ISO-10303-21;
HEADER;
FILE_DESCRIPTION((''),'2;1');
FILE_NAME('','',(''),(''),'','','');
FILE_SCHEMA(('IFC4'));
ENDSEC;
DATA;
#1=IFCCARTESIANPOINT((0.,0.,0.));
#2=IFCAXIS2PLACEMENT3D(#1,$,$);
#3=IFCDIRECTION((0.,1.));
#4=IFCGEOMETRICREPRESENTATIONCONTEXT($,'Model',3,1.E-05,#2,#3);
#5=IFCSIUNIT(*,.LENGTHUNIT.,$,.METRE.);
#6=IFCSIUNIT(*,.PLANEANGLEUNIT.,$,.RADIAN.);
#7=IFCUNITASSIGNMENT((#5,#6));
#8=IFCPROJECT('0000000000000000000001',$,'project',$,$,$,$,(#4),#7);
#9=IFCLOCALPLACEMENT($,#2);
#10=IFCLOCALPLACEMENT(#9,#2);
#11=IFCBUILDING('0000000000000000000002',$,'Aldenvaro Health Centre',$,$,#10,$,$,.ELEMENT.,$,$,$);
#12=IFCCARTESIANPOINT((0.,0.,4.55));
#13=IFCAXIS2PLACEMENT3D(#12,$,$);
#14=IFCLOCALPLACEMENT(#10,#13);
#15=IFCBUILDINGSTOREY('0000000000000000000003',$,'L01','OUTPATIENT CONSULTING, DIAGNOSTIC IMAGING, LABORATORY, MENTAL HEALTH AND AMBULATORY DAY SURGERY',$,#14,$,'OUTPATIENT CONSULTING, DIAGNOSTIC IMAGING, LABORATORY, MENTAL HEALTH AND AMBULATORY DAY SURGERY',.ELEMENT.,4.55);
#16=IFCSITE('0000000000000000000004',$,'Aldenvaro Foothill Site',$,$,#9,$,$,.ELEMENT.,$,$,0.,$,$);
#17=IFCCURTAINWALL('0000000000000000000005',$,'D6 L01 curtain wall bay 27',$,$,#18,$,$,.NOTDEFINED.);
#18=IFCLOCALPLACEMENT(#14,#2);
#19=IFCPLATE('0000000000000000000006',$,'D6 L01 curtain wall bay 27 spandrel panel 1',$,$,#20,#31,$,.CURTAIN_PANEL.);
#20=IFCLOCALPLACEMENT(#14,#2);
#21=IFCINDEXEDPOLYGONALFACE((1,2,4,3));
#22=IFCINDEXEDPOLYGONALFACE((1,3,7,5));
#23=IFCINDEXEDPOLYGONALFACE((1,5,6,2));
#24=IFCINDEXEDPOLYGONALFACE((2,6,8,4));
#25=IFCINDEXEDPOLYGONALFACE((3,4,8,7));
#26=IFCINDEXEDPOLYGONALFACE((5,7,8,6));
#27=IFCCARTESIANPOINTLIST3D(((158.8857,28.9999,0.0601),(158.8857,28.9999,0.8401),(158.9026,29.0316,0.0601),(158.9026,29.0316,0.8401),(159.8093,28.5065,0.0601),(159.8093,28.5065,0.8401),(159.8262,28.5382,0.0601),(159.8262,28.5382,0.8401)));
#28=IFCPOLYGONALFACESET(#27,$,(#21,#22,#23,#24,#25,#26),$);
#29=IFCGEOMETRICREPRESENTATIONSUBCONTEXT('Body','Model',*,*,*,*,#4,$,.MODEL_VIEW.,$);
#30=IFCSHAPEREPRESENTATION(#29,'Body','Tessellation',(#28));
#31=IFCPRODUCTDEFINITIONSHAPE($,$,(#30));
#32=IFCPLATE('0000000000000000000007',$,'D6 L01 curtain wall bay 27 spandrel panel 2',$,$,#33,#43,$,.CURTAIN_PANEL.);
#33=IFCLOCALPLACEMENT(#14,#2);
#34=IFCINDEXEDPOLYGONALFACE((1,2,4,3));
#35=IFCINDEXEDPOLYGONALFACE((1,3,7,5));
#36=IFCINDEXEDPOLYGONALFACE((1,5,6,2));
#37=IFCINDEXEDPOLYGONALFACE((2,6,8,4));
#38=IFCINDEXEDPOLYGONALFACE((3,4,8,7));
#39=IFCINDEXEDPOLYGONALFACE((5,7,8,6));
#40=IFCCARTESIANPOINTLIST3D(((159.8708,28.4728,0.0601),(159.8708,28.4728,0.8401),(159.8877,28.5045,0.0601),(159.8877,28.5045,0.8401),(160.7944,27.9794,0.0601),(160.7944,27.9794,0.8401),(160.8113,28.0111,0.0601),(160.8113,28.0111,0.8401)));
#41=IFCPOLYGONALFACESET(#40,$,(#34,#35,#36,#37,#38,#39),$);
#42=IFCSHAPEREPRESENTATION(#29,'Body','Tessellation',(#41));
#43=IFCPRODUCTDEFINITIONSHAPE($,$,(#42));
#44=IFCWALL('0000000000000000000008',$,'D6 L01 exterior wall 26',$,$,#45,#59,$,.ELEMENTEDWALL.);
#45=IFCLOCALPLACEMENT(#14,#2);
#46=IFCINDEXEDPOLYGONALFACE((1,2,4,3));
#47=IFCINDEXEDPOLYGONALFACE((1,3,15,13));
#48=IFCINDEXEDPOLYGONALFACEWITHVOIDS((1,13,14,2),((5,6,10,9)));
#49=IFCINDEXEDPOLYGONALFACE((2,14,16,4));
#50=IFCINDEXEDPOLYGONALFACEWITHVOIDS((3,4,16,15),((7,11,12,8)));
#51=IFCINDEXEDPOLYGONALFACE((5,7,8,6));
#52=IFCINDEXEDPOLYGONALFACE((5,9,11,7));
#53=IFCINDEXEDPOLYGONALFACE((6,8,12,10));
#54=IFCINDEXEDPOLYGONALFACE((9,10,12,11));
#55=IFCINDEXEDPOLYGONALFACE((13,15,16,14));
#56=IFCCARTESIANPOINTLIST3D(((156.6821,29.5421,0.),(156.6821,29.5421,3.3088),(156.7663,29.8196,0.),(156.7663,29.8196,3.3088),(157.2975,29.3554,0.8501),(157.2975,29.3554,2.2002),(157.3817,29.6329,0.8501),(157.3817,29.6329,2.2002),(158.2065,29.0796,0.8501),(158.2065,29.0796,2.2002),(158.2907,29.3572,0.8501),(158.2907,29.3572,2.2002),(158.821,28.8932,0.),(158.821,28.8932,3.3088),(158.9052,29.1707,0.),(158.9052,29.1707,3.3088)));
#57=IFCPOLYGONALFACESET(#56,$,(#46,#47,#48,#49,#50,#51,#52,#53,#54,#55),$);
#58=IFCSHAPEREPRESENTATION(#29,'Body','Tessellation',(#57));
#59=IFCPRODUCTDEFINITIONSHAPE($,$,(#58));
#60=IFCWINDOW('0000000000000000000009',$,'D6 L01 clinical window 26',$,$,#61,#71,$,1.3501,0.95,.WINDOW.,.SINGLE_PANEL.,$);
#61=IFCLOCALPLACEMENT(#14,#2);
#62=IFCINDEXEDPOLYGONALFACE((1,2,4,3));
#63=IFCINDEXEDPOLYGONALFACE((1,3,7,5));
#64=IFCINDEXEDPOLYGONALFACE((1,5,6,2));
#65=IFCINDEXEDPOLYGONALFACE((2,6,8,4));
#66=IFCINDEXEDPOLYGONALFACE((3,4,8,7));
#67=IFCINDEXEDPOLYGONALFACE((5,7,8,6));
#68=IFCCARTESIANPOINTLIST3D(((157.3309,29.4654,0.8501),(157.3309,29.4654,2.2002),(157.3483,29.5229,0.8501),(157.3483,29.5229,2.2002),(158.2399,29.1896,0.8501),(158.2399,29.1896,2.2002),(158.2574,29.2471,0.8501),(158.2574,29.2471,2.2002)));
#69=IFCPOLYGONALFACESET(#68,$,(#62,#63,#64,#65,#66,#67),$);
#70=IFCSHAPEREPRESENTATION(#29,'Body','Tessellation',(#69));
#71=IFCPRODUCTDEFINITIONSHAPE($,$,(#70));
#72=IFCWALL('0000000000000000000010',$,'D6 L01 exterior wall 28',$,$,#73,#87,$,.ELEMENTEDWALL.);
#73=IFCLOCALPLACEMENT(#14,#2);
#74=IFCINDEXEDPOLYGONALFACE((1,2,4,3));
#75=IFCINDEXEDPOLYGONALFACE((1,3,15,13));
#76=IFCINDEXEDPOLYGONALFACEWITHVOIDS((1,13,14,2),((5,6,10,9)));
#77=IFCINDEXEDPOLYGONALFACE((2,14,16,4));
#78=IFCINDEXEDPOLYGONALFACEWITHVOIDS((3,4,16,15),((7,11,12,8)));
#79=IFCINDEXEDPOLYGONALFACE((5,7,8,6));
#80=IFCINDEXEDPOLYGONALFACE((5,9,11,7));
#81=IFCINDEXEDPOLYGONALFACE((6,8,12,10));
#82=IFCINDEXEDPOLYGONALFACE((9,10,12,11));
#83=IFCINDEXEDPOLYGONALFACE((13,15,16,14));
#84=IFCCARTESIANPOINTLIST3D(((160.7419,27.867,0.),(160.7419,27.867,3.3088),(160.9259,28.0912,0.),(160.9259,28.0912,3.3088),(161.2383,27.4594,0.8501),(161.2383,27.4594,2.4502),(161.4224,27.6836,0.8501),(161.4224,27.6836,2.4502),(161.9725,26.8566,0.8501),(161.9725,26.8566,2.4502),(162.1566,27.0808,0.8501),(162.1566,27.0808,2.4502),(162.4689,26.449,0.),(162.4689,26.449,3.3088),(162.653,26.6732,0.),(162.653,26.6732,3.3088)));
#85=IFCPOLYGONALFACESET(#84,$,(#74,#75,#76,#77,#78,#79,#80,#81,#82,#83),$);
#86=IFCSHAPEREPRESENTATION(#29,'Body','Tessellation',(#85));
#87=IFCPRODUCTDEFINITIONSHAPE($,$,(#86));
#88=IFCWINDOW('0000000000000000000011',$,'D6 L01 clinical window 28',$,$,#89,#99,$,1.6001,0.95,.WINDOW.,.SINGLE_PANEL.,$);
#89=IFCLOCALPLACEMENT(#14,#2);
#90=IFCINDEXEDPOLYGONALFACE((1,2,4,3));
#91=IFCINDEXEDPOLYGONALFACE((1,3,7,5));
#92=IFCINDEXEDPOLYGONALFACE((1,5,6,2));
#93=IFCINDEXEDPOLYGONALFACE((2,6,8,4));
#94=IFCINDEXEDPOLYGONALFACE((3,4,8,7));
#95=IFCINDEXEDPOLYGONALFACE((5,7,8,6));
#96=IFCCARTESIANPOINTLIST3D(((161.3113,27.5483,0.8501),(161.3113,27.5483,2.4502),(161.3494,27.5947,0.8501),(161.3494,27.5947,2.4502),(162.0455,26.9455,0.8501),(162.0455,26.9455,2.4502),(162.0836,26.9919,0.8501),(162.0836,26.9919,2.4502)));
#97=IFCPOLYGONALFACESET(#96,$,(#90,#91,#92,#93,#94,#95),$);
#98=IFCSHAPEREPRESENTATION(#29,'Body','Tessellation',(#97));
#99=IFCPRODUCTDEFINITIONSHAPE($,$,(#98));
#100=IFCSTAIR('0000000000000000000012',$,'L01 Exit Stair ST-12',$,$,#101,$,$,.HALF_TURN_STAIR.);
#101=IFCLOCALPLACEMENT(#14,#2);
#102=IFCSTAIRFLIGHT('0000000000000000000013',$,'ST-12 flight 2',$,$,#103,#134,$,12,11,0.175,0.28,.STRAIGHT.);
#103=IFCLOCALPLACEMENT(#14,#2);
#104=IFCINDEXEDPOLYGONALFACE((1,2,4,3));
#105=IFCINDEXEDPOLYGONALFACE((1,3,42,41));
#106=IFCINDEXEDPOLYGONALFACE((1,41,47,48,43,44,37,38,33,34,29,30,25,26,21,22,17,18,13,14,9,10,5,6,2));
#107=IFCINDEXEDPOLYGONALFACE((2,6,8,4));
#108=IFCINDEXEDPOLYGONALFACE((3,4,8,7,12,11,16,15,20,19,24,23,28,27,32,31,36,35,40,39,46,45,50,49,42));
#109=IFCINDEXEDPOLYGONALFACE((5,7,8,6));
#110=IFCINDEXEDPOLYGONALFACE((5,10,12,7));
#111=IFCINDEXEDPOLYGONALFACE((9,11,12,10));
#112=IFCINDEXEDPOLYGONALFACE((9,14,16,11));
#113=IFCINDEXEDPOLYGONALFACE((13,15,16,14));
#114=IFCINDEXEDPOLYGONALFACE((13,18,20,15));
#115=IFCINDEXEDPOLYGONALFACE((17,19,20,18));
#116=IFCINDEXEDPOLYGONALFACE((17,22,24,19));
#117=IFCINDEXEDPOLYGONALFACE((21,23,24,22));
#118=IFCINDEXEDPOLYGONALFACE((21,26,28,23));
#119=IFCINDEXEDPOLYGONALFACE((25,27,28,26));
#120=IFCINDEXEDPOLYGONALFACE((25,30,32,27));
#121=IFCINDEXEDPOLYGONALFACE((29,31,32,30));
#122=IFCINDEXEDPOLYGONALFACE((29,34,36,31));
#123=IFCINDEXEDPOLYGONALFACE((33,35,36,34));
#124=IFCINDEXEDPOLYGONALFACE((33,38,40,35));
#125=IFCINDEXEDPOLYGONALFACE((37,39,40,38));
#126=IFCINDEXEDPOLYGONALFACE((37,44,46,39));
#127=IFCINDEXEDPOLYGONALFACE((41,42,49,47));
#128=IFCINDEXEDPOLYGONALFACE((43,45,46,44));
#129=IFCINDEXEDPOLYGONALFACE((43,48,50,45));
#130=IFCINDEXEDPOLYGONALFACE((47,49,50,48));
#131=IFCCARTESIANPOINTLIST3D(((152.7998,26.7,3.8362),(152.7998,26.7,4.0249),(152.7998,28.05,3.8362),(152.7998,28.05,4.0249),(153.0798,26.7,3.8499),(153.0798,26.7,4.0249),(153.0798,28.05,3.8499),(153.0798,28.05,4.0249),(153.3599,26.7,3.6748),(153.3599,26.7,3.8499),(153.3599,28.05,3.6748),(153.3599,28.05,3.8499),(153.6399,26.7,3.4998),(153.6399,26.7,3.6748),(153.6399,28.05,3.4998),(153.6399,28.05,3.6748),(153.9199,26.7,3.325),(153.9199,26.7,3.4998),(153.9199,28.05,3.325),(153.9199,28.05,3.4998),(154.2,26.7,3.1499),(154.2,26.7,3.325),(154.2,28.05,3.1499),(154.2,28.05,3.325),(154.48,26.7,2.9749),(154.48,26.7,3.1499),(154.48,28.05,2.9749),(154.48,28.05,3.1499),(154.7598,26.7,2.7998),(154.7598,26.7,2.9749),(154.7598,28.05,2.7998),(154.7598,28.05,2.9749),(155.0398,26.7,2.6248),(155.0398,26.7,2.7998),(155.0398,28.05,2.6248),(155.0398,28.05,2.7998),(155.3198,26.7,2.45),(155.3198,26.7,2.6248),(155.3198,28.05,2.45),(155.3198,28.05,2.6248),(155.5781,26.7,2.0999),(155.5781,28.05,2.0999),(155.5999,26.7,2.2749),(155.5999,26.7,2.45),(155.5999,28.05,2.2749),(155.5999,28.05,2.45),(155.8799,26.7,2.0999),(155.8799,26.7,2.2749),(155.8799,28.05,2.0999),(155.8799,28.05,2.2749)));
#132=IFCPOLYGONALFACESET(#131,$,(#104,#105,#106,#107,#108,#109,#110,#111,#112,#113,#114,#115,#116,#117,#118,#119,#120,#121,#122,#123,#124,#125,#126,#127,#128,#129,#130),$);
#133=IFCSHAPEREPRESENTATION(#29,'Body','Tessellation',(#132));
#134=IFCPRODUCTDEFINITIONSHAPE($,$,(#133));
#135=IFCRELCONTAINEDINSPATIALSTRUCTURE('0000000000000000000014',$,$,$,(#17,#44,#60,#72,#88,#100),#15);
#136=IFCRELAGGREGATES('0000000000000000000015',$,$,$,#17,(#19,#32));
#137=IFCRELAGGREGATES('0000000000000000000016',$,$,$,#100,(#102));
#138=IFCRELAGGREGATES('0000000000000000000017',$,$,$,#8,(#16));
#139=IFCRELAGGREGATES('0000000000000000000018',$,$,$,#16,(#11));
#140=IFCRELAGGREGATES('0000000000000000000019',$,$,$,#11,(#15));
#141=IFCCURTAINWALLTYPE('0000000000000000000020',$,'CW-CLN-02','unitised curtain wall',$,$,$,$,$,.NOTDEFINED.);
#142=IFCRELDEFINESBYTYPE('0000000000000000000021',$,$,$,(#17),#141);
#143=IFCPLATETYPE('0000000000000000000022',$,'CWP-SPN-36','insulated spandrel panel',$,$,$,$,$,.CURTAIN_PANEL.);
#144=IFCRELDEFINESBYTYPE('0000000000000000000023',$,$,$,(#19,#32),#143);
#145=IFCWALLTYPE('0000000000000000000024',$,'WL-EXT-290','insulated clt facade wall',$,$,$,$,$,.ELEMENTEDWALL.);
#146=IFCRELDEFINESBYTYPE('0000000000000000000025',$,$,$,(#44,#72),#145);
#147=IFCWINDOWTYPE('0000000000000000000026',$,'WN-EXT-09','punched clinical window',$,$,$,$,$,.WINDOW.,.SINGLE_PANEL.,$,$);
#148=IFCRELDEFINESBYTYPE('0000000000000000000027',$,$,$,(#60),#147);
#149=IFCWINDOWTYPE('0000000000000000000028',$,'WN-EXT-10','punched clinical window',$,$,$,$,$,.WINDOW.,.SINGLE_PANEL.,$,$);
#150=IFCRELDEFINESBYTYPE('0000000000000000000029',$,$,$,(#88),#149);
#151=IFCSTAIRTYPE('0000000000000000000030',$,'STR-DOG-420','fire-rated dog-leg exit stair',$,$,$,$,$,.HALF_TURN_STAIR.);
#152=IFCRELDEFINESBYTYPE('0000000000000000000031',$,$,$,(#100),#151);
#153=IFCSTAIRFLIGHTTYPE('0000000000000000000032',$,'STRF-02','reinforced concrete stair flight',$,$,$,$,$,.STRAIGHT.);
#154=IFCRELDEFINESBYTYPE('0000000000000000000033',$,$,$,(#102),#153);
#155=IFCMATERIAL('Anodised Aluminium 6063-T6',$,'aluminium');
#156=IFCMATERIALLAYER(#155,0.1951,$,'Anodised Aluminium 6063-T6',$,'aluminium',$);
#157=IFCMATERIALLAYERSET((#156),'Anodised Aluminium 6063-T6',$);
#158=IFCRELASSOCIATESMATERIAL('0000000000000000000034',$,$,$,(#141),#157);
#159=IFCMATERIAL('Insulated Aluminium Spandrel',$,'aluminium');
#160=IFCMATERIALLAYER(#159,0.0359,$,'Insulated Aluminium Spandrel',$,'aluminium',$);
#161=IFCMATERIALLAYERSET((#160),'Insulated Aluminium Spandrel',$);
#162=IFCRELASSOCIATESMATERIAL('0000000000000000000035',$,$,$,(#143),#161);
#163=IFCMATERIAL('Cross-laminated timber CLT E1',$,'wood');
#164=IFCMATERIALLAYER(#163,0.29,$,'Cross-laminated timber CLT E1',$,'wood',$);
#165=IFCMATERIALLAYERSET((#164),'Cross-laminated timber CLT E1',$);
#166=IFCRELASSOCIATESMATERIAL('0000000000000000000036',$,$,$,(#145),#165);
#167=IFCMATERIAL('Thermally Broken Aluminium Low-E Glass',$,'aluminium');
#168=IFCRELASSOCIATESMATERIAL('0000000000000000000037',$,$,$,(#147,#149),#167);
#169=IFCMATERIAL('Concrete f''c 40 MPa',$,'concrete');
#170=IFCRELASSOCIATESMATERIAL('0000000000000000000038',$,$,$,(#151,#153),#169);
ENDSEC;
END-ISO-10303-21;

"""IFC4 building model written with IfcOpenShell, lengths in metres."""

from ifc_helpers import new_model, si_unit, direction, frame, frame_2d, origin, origin_2d, place, context, subcontext, project, spatial, polyline, rectangle, outline, extrude, material, layer, layer_set, type_object, element, fill, aggregate, save


model = new_model("IFC4")

# Units and contexts
model_context = context("Model", 3, precision=1e-05, world=origin(), true_north=direction((0.0, 1.0)))
body_context = subcontext(model_context, "Body", "Model", "MODEL_VIEW")
ifc_project = project(units=[si_unit("LENGTHUNIT", "METRE"), si_unit("PLANEANGLEUNIT", "RADIAN")], contexts=[model_context])

# Site, building, storey
site_placement = place(None, origin())
site = spatial("IfcSite", under=ifc_project, at=site_placement, Name="Aldenvaro Foothill Site", CompositionType="ELEMENT", RefElevation=0.0)
building_placement = place(site_placement, origin())
building = spatial("IfcBuilding", under=site, at=building_placement, Name="Aldenvaro Health Centre", CompositionType="ELEMENT")
storey_placement = place(building_placement, frame((0.0, 0.0, 4.55)))
storey = spatial("IfcBuildingStorey", under=building, at=storey_placement, Name="L01", Description="OUTPATIENT CONSULTING, DIAGNOSTIC IMAGING, LABORATORY, MENTAL HEALTH AND AMBULATORY DAY SURGERY", LongName="OUTPATIENT CONSULTING, DIAGNOSTIC IMAGING, LABORATORY, MENTAL HEALTH AND AMBULATORY DAY SURGERY", CompositionType="ELEMENT", Elevation=4.55)

# Curtain wall
ifc_material_1 = material(Name="Anodised Aluminium 6063-T6", Category="aluminium")
ifc_layer_1 = layer(ifc_material_1, 0.1951, Name="Anodised Aluminium 6063-T6", Category="aluminium")
ifc_layer_set_1 = layer_set([ifc_layer_1], Name="Anodised Aluminium 6063-T6")
curtain_wall_type = type_object("IfcCurtainWallType", Name="CW-CLN-02", Description="unitised curtain wall", PredefinedType="NOTDEFINED", material=ifc_layer_set_1)
curtain_wall_placement = place(storey_placement, origin())
curtain_wall = element("IfcCurtainWall", 1, at=curtain_wall_placement, inside=storey, type_object=curtain_wall_type, Name="D6 L01 curtain wall bay 27", PredefinedType="NOTDEFINED")

# Plates
ifc_material_2 = material(Name="Insulated Aluminium Spandrel", Category="aluminium")
ifc_layer_2 = layer(ifc_material_2, 0.0359, Name="Insulated Aluminium Spandrel", Category="aluminium")
ifc_layer_set_2 = layer_set([ifc_layer_2], Name="Insulated Aluminium Spandrel")
plate_type_1 = type_object("IfcPlateType", Name="CWP-SPN-36", Description="insulated spandrel panel", PredefinedType="CURTAIN_PANEL", material=ifc_layer_set_2)
plate_1_placement = place(storey_placement, frame((159.356, 28.769, 0.0601), z_axis=(0.0, 0.0, 1.0), x_axis=(0.882018, -0.471215, 0.0)))
plate_1 = element("IfcPlate", 2, at=plate_1_placement, type_object=plate_type_1, Name="D6 L01 curtain wall bay 27 spandrel panel 1", PredefinedType="CURTAIN_PANEL", context=body_context, shape_type="SweptSolid", body=[
    extrude(rectangle(XDim=1.0471, YDim=0.0359, at=origin_2d()), origin(), (0.0, 0.0, 1.0), 0.78),
])
plate_2_placement = place(storey_placement, frame((160.3411, 28.2419, 0.0601), z_axis=(0.0, 0.0, 1.0), x_axis=(0.882018, -0.471215, 0.0)))
plate_2 = element("IfcPlate", 3, at=plate_2_placement, type_object=plate_type_1, Name="D6 L01 curtain wall bay 27 spandrel panel 2", PredefinedType="CURTAIN_PANEL", context=body_context, shape_type="SweptSolid", body=[
    extrude(rectangle(XDim=1.0471, YDim=0.0359, at=origin_2d()), origin(), (0.0, 0.0, 1.0), 0.78),
])
aggregate(curtain_wall, [plate_1, plate_2])

# Walls, openings, windows
ifc_material_3 = material(Name="Cross-laminated timber CLT E1", Category="wood")
ifc_layer_3 = layer(ifc_material_3, 0.29, Name="Cross-laminated timber CLT E1", Category="wood")
ifc_layer_set_3 = layer_set([ifc_layer_3], Name="Cross-laminated timber CLT E1")
wall_type = type_object("IfcWallType", Name="WL-EXT-290", Description="insulated clt facade wall", PredefinedType="ELEMENTEDWALL", material=ifc_layer_set_3)
wall_1_placement = place(storey_placement, frame((156.7241, 29.6809, 0.0), z_axis=(0.0, 0.0, 1.0), x_axis=(0.956929, -0.290323, 0.0)))
wall_1 = element("IfcWall", 4, at=wall_1_placement, inside=storey, type_object=wall_type, Name="D6 L01 exterior wall 26", PredefinedType="ELEMENTEDWALL", context=body_context, shape_type="SweptSolid", body=[
    extrude(rectangle(XDim=2.2351, YDim=0.29, at=frame_2d((1.1177, 0.0))), origin(), (0.0, 0.0, 1.0), 3.3088),
])
opening_1_placement = place(wall_1_placement, frame((0.6431, 0.0, 0.8501)))
opening_1 = element("IfcOpeningElement", 5, at=opening_1_placement, cuts=wall_1, PredefinedType="OPENING", context=body_context, shape_type="SweptSolid", body=[
    extrude(rectangle(XDim=0.95, YDim=1.3501, at=frame_2d((0.4751, 0.675))), frame((0.0, 0.155, 0.0), z_axis=(0.0, -1.0, 0.0), x_axis=(1.0, 0.0, 0.0)), (0.0, 0.0, 1.0), 0.3101),
])
ifc_material_4 = material(Name="Thermally Broken Aluminium Low-E Glass", Category="aluminium")
window_type_1 = type_object("IfcWindowType", Name="WN-EXT-09", Description="punched clinical window", PartitioningType="SINGLE_PANEL", PredefinedType="WINDOW", material=ifc_material_4)
window_1_placement = place(opening_1_placement, origin())
window_1 = element("IfcWindow", 6, at=window_1_placement, inside=storey, type_object=window_type_1, Name="D6 L01 clinical window 26", OverallHeight=1.3501, OverallWidth=0.95, PartitioningType="SINGLE_PANEL", PredefinedType="WINDOW", context=body_context, shape_type="SweptSolid", body=[
    extrude(rectangle(XDim=0.95, YDim=1.3501, at=frame_2d((0.4751, 0.675))), frame((0.0, 0.03, 0.0), z_axis=(0.0, -1.0, 0.0), x_axis=(1.0, 0.0, 0.0)), (0.0, 0.0, 1.0), 0.0601),
])
fill(opening_1, window_1)
wall_2_placement = place(storey_placement, frame((160.834, 27.979, 0.0), z_axis=(0.0, 0.0, 1.0), x_axis=(0.772876, -0.634558, 0.0)))
wall_2 = element("IfcWall", 7, at=wall_2_placement, inside=storey, type_object=wall_type, Name="D6 L01 exterior wall 28", PredefinedType="ELEMENTEDWALL", context=body_context, shape_type="SweptSolid", body=[
    extrude(rectangle(XDim=2.2346, YDim=0.29, at=frame_2d((1.1172, 0.0))), origin(), (0.0, 0.0, 1.0), 3.3088),
])
opening_2_placement = place(wall_2_placement, frame((0.6421, 0.0, 0.8501)))
opening_2 = element("IfcOpeningElement", 8, at=opening_2_placement, cuts=wall_2, PredefinedType="OPENING", context=body_context, shape_type="SweptSolid", body=[
    extrude(rectangle(XDim=0.95, YDim=1.6001, at=frame_2d((0.4751, 0.8))), frame((0.0, 0.155, 0.0), z_axis=(0.0, -1.0, 0.0), x_axis=(1.0, 0.0, 0.0)), (0.0, 0.0, 1.0), 0.3101),
])
window_type_2 = type_object("IfcWindowType", Name="WN-EXT-10", Description="punched clinical window", PartitioningType="SINGLE_PANEL", PredefinedType="WINDOW", material=ifc_material_4)
window_2_placement = place(opening_2_placement, origin())
window_2 = element("IfcWindow", 9, at=window_2_placement, inside=storey, type_object=window_type_2, Name="D6 L01 clinical window 28", OverallHeight=1.6001, OverallWidth=0.95, PartitioningType="SINGLE_PANEL", PredefinedType="WINDOW", context=body_context, shape_type="SweptSolid", body=[
    extrude(rectangle(XDim=0.95, YDim=1.6001, at=frame_2d((0.4751, 0.8))), frame((0.0, 0.03, 0.0), z_axis=(0.0, -1.0, 0.0), x_axis=(1.0, 0.0, 0.0)), (0.0, 0.0, 1.0), 0.0601),
])
fill(opening_2, window_2)

# Stair, stair flight
ifc_material_5 = material(Name="Concrete f'c 40 MPa", Category="concrete")
stair_type = type_object("IfcStairType", Name="STR-DOG-420", Description="fire-rated dog-leg exit stair", PredefinedType="HALF_TURN_STAIR", material=ifc_material_5)
stair_placement = place(storey_placement, origin())
stair = element("IfcStair", 10, at=stair_placement, inside=storey, type_object=stair_type, Name="L01 Exit Stair ST-12", PredefinedType="HALF_TURN_STAIR")
stair_flight_type = type_object("IfcStairFlightType", Name="STRF-02", Description="reinforced concrete stair flight", PredefinedType="STRAIGHT", material=ifc_material_5)
stair_flight_placement = place(storey_placement, frame((155.8799, 27.375, 2.0999), z_axis=(0.0, 0.0, 1.0), x_axis=(-1.0, 0.0, 0.0)))
stair_flight = element("IfcStairFlight", 11, at=stair_flight_placement, type_object=stair_flight_type, Name="ST-12 flight 2", NumberOfRisers=12, NumberOfTreads=11, PredefinedType="STRAIGHT", RiserHeight=0.175, TreadLength=0.28, context=body_context, shape_type="SweptSolid", body=[
    extrude(outline(polyline([(0.0, 0.0), (0.0, 0.175), (0.28, 0.175), (0.28, 0.3501), (0.5601, 0.3501), (0.5601, 0.5249), (0.8401, 0.5249), (0.8401, 0.7), (1.1201, 0.7), (1.1201, 0.875), (1.3999, 0.875), (1.3999, 1.05), (1.6799, 1.05), (1.6799, 1.2251), (1.96, 1.2251), (1.96, 1.3999), (2.24, 1.3999), (2.24, 1.575), (2.52, 1.575), (2.52, 1.75), (2.8, 1.75), (2.8, 1.925), (3.0801, 1.925), (3.0801, 2.1001), (3.0801, 1.7363), (0.3018, 0.0), (0.0, 0.0)])), frame((0.0, 0.675, 0.0), z_axis=(0.0, -1.0, 0.0), x_axis=(1.0, 0.0, 0.0)), (0.0, 0.0, 1.0), 1.3501),
])
aggregate(stair, [stair_flight])

save(model, "model.ifc")
